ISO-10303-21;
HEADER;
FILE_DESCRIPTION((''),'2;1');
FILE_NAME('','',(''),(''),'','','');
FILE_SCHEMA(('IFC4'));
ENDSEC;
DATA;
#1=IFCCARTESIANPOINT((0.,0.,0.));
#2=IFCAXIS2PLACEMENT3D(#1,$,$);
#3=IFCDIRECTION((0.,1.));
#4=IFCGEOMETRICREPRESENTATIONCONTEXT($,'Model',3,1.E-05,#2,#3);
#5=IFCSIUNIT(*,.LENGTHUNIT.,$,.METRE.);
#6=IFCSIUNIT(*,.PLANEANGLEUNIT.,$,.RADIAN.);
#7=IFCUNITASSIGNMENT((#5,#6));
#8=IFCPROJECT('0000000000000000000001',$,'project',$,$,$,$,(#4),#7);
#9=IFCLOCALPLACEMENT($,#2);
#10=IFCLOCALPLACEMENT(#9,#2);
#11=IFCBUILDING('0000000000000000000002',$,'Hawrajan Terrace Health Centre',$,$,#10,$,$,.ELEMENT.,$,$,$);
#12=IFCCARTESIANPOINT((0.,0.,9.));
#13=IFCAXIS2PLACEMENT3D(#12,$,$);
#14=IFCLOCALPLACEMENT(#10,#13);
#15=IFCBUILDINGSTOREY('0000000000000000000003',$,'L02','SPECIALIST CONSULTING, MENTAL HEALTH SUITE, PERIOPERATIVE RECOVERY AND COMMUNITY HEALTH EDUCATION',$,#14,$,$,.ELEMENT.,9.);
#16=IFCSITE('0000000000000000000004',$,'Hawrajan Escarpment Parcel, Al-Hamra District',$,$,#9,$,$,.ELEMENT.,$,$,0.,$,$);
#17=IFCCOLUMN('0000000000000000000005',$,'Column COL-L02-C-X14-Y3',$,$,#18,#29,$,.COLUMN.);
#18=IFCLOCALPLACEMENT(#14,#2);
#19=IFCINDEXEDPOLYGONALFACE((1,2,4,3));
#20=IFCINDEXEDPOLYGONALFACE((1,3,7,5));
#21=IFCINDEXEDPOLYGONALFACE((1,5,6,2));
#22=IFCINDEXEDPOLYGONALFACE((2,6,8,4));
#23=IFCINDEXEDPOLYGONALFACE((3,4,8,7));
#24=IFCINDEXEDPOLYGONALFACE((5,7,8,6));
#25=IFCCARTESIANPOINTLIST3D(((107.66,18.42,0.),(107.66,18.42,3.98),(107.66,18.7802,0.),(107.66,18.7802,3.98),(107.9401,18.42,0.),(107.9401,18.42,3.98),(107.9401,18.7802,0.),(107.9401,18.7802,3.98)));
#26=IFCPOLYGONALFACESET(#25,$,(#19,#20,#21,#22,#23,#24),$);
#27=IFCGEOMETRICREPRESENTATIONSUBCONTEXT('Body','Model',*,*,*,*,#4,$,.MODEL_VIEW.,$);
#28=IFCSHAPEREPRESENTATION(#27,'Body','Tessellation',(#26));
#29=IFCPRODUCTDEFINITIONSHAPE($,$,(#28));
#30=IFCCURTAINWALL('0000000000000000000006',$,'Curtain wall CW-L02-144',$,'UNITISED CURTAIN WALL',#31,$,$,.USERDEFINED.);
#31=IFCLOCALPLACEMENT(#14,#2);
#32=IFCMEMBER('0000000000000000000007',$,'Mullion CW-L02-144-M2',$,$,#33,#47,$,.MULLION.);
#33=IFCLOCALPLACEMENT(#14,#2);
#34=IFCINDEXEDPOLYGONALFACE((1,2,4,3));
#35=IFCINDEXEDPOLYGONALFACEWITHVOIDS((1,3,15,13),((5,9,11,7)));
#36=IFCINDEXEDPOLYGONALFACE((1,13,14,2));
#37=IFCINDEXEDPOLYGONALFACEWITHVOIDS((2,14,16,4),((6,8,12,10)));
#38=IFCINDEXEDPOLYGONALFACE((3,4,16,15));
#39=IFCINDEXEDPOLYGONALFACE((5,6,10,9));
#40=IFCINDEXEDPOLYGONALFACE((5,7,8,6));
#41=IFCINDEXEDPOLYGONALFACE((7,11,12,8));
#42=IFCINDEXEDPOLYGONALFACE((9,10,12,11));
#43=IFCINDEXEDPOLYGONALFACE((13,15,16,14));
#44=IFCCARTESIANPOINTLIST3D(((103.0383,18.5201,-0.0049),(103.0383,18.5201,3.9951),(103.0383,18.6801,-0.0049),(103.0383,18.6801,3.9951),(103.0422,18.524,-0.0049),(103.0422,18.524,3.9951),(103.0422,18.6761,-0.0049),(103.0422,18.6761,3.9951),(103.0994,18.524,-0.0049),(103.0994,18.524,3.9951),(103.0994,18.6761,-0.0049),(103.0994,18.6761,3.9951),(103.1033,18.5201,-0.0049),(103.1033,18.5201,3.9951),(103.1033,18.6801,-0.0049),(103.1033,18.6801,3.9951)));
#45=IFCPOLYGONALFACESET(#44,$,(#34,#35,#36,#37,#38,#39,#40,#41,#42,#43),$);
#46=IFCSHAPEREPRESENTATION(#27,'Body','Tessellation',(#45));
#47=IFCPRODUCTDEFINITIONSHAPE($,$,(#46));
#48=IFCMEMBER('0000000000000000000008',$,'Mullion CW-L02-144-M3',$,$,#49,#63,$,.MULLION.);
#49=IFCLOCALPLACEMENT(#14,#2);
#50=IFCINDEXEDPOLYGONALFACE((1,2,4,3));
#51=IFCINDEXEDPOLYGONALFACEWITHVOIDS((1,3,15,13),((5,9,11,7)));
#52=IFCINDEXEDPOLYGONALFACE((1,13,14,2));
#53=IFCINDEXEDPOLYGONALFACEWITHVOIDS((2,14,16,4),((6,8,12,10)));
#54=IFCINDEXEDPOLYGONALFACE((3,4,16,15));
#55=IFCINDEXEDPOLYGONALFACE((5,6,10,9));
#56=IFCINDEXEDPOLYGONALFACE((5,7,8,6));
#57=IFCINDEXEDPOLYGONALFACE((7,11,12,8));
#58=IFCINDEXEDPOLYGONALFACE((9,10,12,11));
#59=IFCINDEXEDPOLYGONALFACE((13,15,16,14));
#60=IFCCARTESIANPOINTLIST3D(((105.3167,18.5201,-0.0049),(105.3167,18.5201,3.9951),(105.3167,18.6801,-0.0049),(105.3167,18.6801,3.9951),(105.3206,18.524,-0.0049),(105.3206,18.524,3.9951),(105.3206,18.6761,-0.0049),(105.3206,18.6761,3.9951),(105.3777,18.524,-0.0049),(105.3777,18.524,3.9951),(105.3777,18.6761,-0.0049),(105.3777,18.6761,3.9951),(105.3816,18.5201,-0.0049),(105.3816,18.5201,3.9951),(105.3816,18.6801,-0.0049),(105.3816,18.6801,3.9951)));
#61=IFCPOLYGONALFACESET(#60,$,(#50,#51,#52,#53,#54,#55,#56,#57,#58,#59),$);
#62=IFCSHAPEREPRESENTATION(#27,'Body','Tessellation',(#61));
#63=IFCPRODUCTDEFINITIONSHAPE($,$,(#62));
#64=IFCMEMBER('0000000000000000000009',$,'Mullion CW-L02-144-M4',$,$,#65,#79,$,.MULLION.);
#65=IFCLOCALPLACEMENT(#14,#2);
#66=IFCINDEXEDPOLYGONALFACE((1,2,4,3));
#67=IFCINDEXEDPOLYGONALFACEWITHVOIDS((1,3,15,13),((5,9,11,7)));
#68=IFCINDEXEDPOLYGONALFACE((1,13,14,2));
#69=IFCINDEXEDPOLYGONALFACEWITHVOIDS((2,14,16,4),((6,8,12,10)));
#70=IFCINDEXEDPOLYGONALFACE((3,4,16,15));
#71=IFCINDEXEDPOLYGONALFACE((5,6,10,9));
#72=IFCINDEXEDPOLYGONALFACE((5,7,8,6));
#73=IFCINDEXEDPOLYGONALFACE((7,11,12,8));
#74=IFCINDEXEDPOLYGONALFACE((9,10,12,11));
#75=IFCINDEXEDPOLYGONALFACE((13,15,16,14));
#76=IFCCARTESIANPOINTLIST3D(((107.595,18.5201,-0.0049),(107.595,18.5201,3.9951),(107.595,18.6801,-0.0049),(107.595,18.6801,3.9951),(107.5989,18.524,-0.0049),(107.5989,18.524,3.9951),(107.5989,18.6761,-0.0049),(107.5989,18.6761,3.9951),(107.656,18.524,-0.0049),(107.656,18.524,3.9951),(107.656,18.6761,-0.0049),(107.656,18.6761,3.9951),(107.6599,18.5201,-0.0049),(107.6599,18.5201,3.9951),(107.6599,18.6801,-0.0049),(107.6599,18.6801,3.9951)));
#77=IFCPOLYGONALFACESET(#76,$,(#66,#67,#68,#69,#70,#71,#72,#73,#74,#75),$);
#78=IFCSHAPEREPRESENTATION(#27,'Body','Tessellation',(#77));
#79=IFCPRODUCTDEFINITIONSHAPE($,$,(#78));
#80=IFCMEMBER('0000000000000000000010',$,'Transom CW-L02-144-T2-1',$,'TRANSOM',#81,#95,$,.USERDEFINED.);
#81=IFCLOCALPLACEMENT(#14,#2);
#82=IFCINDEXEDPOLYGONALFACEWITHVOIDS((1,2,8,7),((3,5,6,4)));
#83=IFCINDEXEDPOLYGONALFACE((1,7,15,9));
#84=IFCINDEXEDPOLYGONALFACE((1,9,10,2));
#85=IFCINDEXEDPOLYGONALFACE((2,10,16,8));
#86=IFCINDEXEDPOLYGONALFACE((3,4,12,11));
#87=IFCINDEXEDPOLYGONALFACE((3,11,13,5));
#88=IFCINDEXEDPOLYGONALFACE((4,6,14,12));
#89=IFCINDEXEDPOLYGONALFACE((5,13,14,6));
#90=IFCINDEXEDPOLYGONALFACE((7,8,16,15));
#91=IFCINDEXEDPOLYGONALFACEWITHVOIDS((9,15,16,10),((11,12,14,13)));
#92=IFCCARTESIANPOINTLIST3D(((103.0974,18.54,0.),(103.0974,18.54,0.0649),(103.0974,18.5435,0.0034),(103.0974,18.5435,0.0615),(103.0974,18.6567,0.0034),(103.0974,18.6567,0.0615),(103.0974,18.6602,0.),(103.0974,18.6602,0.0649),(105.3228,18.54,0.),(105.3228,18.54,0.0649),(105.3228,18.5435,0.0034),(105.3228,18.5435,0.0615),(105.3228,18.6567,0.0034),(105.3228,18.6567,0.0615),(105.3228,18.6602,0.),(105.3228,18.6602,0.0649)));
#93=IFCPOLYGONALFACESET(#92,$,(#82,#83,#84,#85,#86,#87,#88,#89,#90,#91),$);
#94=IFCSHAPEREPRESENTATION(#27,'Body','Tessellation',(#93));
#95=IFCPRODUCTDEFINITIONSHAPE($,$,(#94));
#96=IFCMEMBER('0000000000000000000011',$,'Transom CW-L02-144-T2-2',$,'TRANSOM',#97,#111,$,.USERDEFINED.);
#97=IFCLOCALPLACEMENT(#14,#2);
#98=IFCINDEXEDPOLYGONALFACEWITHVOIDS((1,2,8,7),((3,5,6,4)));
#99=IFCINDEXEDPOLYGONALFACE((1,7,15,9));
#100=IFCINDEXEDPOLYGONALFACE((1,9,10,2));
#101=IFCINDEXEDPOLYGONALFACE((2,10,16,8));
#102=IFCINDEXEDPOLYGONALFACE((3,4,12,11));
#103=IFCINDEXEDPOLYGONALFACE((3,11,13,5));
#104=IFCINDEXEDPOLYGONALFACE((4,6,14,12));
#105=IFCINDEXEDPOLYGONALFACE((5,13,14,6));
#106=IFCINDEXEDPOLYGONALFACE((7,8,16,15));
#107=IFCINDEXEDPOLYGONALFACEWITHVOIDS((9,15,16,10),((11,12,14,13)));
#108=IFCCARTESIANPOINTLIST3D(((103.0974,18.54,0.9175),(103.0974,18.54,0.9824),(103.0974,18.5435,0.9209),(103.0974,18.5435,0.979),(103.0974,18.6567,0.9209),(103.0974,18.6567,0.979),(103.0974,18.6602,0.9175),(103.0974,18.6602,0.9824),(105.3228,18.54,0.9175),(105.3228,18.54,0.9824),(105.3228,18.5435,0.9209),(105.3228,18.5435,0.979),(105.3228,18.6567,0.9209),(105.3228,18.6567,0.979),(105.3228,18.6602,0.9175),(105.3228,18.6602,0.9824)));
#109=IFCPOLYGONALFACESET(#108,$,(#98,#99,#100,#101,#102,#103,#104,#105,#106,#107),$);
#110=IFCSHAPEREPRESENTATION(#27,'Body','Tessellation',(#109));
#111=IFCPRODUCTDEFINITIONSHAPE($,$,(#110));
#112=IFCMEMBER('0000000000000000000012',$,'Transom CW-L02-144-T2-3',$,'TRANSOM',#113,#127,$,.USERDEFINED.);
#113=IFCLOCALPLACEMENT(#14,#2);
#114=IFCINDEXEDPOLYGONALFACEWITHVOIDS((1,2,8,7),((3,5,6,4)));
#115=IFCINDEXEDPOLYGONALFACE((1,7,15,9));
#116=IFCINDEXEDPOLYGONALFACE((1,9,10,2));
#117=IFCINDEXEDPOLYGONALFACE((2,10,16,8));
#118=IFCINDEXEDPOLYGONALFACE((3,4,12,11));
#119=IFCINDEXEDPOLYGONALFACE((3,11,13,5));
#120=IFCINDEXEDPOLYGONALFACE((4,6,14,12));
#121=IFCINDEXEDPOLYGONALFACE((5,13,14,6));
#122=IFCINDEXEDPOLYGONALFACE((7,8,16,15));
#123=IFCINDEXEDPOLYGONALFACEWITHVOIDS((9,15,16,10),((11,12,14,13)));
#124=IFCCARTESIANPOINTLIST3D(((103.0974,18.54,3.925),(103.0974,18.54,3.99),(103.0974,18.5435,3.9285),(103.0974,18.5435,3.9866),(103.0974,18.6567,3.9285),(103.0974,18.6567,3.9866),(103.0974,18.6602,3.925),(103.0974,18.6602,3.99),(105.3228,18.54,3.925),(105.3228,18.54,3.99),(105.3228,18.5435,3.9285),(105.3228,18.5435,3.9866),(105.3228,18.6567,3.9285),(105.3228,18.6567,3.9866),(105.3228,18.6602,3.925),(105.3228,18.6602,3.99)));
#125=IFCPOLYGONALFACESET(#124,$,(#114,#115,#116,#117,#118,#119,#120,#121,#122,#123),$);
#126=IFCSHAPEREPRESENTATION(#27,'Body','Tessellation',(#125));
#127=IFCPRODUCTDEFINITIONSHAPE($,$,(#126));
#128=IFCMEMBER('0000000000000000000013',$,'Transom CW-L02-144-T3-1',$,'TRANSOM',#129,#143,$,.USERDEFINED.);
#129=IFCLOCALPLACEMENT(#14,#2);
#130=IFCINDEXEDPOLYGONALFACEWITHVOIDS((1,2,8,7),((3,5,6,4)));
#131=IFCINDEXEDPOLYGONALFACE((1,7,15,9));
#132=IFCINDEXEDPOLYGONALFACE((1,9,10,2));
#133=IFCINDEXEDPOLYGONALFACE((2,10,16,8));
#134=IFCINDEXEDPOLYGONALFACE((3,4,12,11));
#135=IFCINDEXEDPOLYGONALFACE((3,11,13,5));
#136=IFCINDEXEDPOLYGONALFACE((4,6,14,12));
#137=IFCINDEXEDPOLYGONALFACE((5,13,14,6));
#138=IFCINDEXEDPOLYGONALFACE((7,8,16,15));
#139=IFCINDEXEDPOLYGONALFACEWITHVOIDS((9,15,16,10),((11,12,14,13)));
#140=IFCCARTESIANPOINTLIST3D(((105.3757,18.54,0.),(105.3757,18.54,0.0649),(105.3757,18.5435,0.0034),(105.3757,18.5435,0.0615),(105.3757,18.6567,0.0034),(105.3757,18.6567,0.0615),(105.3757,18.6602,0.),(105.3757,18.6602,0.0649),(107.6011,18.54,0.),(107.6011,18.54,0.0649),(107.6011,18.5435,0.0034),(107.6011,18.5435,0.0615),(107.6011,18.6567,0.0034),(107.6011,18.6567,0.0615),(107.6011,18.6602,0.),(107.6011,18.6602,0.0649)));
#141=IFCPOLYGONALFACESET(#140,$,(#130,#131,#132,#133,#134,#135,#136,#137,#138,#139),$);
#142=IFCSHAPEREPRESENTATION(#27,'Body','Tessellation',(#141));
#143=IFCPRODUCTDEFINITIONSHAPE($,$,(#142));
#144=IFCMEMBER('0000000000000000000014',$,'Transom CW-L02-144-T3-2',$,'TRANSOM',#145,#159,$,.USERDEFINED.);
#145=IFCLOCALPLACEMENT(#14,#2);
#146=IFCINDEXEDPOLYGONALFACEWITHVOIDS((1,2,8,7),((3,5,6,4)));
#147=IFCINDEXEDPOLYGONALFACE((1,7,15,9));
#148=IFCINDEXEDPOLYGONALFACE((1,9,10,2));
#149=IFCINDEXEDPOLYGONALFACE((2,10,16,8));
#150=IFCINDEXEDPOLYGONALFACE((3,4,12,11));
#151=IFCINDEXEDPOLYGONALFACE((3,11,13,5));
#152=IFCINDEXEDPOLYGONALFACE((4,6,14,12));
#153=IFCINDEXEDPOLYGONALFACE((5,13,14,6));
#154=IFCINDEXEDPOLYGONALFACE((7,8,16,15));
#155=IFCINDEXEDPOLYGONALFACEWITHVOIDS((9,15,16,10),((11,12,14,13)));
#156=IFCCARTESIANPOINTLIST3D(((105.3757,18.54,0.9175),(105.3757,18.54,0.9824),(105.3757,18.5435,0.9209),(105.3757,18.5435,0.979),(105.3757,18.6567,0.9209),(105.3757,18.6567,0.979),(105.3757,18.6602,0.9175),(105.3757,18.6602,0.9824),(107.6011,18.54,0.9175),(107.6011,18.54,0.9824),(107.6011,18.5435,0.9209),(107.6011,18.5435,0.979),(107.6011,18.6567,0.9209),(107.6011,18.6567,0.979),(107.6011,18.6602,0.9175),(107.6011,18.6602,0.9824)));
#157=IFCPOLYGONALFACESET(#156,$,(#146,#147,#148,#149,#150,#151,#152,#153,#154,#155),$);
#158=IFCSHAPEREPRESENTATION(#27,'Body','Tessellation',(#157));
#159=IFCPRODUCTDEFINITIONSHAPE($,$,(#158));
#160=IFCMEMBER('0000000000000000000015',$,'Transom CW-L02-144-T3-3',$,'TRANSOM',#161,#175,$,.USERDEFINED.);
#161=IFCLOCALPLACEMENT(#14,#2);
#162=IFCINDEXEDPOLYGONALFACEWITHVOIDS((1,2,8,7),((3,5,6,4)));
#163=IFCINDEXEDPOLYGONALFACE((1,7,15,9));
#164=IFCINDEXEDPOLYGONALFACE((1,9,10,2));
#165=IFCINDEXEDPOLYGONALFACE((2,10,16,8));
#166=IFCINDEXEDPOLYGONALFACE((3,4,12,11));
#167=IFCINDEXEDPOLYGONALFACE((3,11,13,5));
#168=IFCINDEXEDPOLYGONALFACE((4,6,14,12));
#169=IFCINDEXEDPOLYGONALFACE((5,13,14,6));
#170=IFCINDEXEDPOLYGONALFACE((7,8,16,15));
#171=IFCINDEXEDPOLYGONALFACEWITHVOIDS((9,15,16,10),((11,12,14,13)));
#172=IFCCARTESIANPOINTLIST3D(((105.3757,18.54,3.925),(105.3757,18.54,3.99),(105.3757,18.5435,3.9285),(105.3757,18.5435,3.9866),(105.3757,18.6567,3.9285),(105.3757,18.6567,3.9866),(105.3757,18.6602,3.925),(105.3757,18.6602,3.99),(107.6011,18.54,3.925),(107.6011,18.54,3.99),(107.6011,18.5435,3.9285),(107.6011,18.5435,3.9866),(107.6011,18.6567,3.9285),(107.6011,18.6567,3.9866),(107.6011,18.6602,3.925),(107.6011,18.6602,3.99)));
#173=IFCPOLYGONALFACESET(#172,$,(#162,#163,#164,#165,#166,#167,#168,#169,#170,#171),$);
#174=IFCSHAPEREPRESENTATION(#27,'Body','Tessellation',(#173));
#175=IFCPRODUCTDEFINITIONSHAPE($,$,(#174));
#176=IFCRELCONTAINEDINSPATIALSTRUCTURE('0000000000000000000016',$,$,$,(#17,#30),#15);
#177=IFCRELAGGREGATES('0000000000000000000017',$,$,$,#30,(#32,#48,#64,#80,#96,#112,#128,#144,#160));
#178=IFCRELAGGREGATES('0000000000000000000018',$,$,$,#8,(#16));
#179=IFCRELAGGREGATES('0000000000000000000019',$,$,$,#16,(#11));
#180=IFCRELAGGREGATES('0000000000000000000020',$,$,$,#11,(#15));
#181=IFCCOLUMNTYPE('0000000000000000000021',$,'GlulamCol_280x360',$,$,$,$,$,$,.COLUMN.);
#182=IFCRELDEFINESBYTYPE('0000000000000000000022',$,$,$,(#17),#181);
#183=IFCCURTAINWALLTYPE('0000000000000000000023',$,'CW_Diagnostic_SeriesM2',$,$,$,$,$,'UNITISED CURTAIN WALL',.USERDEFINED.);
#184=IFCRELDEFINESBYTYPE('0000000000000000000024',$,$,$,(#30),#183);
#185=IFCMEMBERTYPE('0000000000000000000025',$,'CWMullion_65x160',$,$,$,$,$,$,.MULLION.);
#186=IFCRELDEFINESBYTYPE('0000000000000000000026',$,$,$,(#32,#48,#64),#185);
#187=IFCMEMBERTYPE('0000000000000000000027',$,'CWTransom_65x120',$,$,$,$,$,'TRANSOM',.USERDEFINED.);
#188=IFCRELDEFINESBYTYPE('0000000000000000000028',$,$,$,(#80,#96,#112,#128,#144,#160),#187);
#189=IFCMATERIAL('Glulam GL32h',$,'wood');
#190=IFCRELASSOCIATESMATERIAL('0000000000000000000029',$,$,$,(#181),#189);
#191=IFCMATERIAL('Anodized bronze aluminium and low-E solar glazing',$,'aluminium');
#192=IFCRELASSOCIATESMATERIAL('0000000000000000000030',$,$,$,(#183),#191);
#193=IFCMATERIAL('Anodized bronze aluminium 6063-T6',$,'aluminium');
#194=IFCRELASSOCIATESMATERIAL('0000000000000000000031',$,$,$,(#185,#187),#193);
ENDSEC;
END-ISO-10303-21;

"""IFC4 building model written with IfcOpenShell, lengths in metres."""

from ifc_helpers import new_model, si_unit, direction, frame, origin, origin_2d, place, context, subcontext, project, spatial, rectangle, hollow_rectangle, extrude, material, material_profile, profile_set, type_object, element, aggregate, save


model = new_model("IFC4")

# Units and contexts
model_context = context("Model", 3, precision=1e-05, world=origin(), true_north=direction((0.0, 1.0)))
body_context = subcontext(model_context, "Body", "Model", "MODEL_VIEW")
ifc_project = project(units=[si_unit("LENGTHUNIT", "METRE"), si_unit("PLANEANGLEUNIT", "RADIAN")], contexts=[model_context])

# Site, building, storey
site_placement = place(None, origin())
site = spatial("IfcSite", under=ifc_project, at=site_placement, Name="Hawrajan Escarpment Parcel, Al-Hamra District", CompositionType="ELEMENT", RefElevation=0.0)
building_placement = place(site_placement, origin())
building = spatial("IfcBuilding", under=site, at=building_placement, Name="Hawrajan Terrace Health Centre", CompositionType="ELEMENT")
storey_placement = place(building_placement, frame((0.0, 0.0, 9.0)))
storey = spatial("IfcBuildingStorey", under=building, at=storey_placement, Name="L02", Description="SPECIALIST CONSULTING, MENTAL HEALTH SUITE, PERIOPERATIVE RECOVERY AND COMMUNITY HEALTH EDUCATION", CompositionType="ELEMENT", Elevation=9.0)

# Column
ifc_material_1 = material(Name="Glulam GL32h", Category="wood")
ifc_material_profile_1 = material_profile(ifc_material_1, rectangle(XDim=0.28, YDim=0.3601, at=origin_2d()), Name="GL 280x360")
ifc_profile_set_1 = profile_set([ifc_material_profile_1], Name="Glulam GL32h")
column_type = type_object("IfcColumnType", Name="GlulamCol_280x360", PredefinedType="COLUMN", material=ifc_profile_set_1)
column_placement = place(storey_placement, frame((107.8, 18.6001, 0.0), z_axis=(0.0, 0.0, 1.0), x_axis=(1.0, 0.0, 0.0)))
element("IfcColumn", 1, at=column_placement, inside=storey, type_object=column_type, Name="Column COL-L02-C-X14-Y3", PredefinedType="COLUMN", context=body_context, shape_type="SweptSolid", body=[
    extrude(rectangle(XDim=0.28, YDim=0.3601, at=origin_2d()), origin(), (0.0, 0.0, 1.0), 3.98),
])

# Curtain wall, members
ifc_material_2 = material(Name="Anodized bronze aluminium and low-E solar glazing", Category="aluminium")
curtain_wall_type = type_object("IfcCurtainWallType", Name="CW_Diagnostic_SeriesM2", ElementType="UNITISED CURTAIN WALL", PredefinedType="USERDEFINED", material=ifc_material_2)
curtain_wall_placement = place(storey_placement, origin())
curtain_wall = element("IfcCurtainWall", 2, at=curtain_wall_placement, inside=storey, type_object=curtain_wall_type, Name="Curtain wall CW-L02-144", ObjectType="UNITISED CURTAIN WALL", PredefinedType="USERDEFINED")
ifc_material_3 = material(Name="Anodized bronze aluminium 6063-T6", Category="aluminium")
ifc_material_profile_2 = material_profile(ifc_material_3, hollow_rectangle(XDim=0.0649, YDim=0.1599, WallThickness=0.0039, at=origin_2d()), Name="CW MUL 65x160")
ifc_profile_set_2 = profile_set([ifc_material_profile_2], Name="Anodized bronze aluminium 6063-T6")
member_type_1 = type_object("IfcMemberType", Name="CWMullion_65x160", PredefinedType="MULLION", material=ifc_profile_set_2)
member_1_placement = place(storey_placement, frame((103.0708, 18.6001, -0.0049), z_axis=(0.0, 0.0, 1.0), x_axis=(1.0, 0.0, 0.0)))
member_1 = element("IfcMember", 3, at=member_1_placement, type_object=member_type_1, Name="Mullion CW-L02-144-M2", PredefinedType="MULLION", context=body_context, shape_type="SweptSolid", body=[
    extrude(hollow_rectangle(XDim=0.0649, YDim=0.1599, WallThickness=0.0039, at=origin_2d()), origin(), (0.0, 0.0, 1.0), 4.0),
])
member_2_placement = place(storey_placement, frame((105.3491, 18.6001, -0.0049), z_axis=(0.0, 0.0, 1.0), x_axis=(1.0, 0.0, 0.0)))
member_2 = element("IfcMember", 4, at=member_2_placement, type_object=member_type_1, Name="Mullion CW-L02-144-M3", PredefinedType="MULLION", context=body_context, shape_type="SweptSolid", body=[
    extrude(hollow_rectangle(XDim=0.0649, YDim=0.1599, WallThickness=0.0039, at=origin_2d()), origin(), (0.0, 0.0, 1.0), 4.0),
])
member_3_placement = place(storey_placement, frame((107.6274, 18.6001, -0.0049), z_axis=(0.0, 0.0, 1.0), x_axis=(1.0, 0.0, 0.0)))
member_3 = element("IfcMember", 5, at=member_3_placement, type_object=member_type_1, Name="Mullion CW-L02-144-M4", PredefinedType="MULLION", context=body_context, shape_type="SweptSolid", body=[
    extrude(hollow_rectangle(XDim=0.0649, YDim=0.1599, WallThickness=0.0039, at=origin_2d()), origin(), (0.0, 0.0, 1.0), 4.0),
])
ifc_material_profile_3 = material_profile(ifc_material_3, hollow_rectangle(XDim=0.0649, YDim=0.1201, WallThickness=0.0034, at=origin_2d()), Name="CW TRN 65x120")
ifc_profile_set_3 = profile_set([ifc_material_profile_3], Name="Anodized bronze aluminium 6063-T6")
member_type_2 = type_object("IfcMemberType", Name="CWTransom_65x120", ElementType="TRANSOM", PredefinedType="USERDEFINED", material=ifc_profile_set_3)
member_4_placement = place(storey_placement, frame((103.0974, 18.6001, 0.0325), z_axis=(1.0, 0.0, 0.0), x_axis=(0.0, 0.0, 1.0)))
member_4 = element("IfcMember", 6, at=member_4_placement, type_object=member_type_2, Name="Transom CW-L02-144-T2-1", ObjectType="TRANSOM", PredefinedType="USERDEFINED", context=body_context, shape_type="SweptSolid", body=[
    extrude(hollow_rectangle(XDim=0.0649, YDim=0.1201, WallThickness=0.0034, at=origin_2d()), origin(), (0.0, 0.0, 1.0), 2.2253),
])
member_5_placement = place(storey_placement, frame((103.0974, 18.6001, 0.95), z_axis=(1.0, 0.0, 0.0), x_axis=(0.0, 0.0, 1.0)))
member_5 = element("IfcMember", 7, at=member_5_placement, type_object=member_type_2, Name="Transom CW-L02-144-T2-2", ObjectType="TRANSOM", PredefinedType="USERDEFINED", context=body_context, shape_type="SweptSolid", body=[
    extrude(hollow_rectangle(XDim=0.0649, YDim=0.1201, WallThickness=0.0034, at=origin_2d()), origin(), (0.0, 0.0, 1.0), 2.2253),
])
member_6_placement = place(storey_placement, frame((103.0974, 18.6001, 3.9575), z_axis=(1.0, 0.0, 0.0), x_axis=(0.0, 0.0, 1.0)))
member_6 = element("IfcMember", 8, at=member_6_placement, type_object=member_type_2, Name="Transom CW-L02-144-T2-3", ObjectType="TRANSOM", PredefinedType="USERDEFINED", context=body_context, shape_type="SweptSolid", body=[
    extrude(hollow_rectangle(XDim=0.0649, YDim=0.1201, WallThickness=0.0034, at=origin_2d()), origin(), (0.0, 0.0, 1.0), 2.2253),
])
member_7_placement = place(storey_placement, frame((105.3757, 18.6001, 0.0325), z_axis=(1.0, 0.0, 0.0), x_axis=(0.0, 0.0, 1.0)))
member_7 = element("IfcMember", 9, at=member_7_placement, type_object=member_type_2, Name="Transom CW-L02-144-T3-1", ObjectType="TRANSOM", PredefinedType="USERDEFINED", context=body_context, shape_type="SweptSolid", body=[
    extrude(hollow_rectangle(XDim=0.0649, YDim=0.1201, WallThickness=0.0034, at=origin_2d()), origin(), (0.0, 0.0, 1.0), 2.2253),
])
member_8_placement = place(storey_placement, frame((105.3757, 18.6001, 0.95), z_axis=(1.0, 0.0, 0.0), x_axis=(0.0, 0.0, 1.0)))
member_8 = element("IfcMember", 10, at=member_8_placement, type_object=member_type_2, Name="Transom CW-L02-144-T3-2", ObjectType="TRANSOM", PredefinedType="USERDEFINED", context=body_context, shape_type="SweptSolid", body=[
    extrude(hollow_rectangle(XDim=0.0649, YDim=0.1201, WallThickness=0.0034, at=origin_2d()), origin(), (0.0, 0.0, 1.0), 2.2253),
])
member_9_placement = place(storey_placement, frame((105.3757, 18.6001, 3.9575), z_axis=(1.0, 0.0, 0.0), x_axis=(0.0, 0.0, 1.0)))
member_9 = element("IfcMember", 11, at=member_9_placement, type_object=member_type_2, Name="Transom CW-L02-144-T3-3", ObjectType="TRANSOM", PredefinedType="USERDEFINED", context=body_context, shape_type="SweptSolid", body=[
    extrude(hollow_rectangle(XDim=0.0649, YDim=0.1201, WallThickness=0.0034, at=origin_2d()), origin(), (0.0, 0.0, 1.0), 2.2253),
])

aggregate(curtain_wall, [member_1, member_2, member_3, member_4, member_5, member_6, member_7, member_8, member_9])

save(model, "model.ifc")
